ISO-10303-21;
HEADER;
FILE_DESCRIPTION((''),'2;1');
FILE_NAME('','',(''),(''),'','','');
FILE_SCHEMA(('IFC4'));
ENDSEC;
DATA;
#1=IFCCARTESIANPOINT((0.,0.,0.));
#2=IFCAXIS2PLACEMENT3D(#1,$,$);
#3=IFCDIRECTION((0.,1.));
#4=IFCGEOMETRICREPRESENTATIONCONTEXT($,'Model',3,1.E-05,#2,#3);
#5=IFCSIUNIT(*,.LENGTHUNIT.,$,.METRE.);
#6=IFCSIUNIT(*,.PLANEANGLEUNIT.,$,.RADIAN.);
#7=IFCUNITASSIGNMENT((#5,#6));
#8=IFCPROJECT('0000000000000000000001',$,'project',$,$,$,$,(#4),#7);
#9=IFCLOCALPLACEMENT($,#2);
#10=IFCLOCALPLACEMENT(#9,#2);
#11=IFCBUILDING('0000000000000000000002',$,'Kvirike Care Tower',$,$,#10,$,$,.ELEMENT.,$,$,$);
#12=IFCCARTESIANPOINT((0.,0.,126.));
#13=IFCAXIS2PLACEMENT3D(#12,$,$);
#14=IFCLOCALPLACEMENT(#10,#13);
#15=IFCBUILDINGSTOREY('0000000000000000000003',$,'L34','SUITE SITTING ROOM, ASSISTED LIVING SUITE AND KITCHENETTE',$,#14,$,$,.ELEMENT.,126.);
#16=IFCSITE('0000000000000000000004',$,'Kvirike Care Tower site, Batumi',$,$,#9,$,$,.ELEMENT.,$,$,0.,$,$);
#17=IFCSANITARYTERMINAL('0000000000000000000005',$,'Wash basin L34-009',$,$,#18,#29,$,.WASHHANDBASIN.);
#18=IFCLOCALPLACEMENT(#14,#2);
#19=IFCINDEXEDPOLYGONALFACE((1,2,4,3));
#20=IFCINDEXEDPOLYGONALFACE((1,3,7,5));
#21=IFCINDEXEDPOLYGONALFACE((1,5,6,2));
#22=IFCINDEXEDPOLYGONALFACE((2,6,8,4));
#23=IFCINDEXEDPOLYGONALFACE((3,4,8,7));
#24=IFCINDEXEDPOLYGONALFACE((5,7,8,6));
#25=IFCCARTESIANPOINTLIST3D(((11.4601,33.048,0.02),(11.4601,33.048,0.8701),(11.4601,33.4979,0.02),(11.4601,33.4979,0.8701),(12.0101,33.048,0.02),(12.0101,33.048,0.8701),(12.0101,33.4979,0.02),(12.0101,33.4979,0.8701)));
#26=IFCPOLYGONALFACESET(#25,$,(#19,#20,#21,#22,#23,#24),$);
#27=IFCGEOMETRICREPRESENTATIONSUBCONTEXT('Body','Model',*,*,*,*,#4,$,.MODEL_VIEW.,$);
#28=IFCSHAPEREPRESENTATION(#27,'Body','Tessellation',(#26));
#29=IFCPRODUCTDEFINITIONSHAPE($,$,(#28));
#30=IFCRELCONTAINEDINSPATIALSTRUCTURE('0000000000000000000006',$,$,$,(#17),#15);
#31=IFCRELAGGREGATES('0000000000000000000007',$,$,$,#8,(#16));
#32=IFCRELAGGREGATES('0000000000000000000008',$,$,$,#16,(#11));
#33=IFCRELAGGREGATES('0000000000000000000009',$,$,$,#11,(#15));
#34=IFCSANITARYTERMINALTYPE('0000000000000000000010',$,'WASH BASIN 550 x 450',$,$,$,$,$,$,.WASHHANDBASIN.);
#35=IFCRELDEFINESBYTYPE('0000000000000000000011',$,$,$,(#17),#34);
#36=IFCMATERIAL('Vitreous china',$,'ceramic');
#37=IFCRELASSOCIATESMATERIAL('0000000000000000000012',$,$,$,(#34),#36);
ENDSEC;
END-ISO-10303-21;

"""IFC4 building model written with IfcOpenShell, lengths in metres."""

from ifc_helpers import new_model, si_unit, direction, frame, origin, origin_2d, place, context, subcontext, project, spatial, rectangle, extrude, material, type_object, element, save


model = new_model("IFC4")

# Units and contexts
model_context = context("Model", 3, precision=1e-05, world=origin(), true_north=direction((0.0, 1.0)))
body_context = subcontext(model_context, "Body", "Model", "MODEL_VIEW")
ifc_project = project(units=[si_unit("LENGTHUNIT", "METRE"), si_unit("PLANEANGLEUNIT", "RADIAN")], contexts=[model_context])

# Site, building, storey
site_placement = place(None, origin())
site = spatial("IfcSite", under=ifc_project, at=site_placement, Name="Kvirike Care Tower site, Batumi", CompositionType="ELEMENT", RefElevation=0.0)
building_placement = place(site_placement, origin())
building = spatial("IfcBuilding", under=site, at=building_placement, Name="Kvirike Care Tower", CompositionType="ELEMENT")
storey_placement = place(building_placement, frame((0.0, 0.0, 126.0)))
storey = spatial("IfcBuildingStorey", under=building, at=storey_placement, Name="L34", Description="SUITE SITTING ROOM, ASSISTED LIVING SUITE AND KITCHENETTE", CompositionType="ELEMENT", Elevation=126.0)

# Sanitary terminal
ifc_material_1 = material(Name="Vitreous china", Category="ceramic")
sanitary_terminal_type_1 = type_object("IfcSanitaryTerminalType", Name="WASH BASIN 550 x 450", PredefinedType="WASHHANDBASIN", material=ifc_material_1)
sanitary_terminal_1_placement = place(storey_placement, frame((11.7351, 33.2729, 0.02), z_axis=(0.0, 0.0, 1.0), x_axis=(1.0, 0.0, 0.0)))
element("IfcSanitaryTerminal", 1, at=sanitary_terminal_1_placement, inside=storey, type_object=sanitary_terminal_type_1, Name="Wash basin L34-009", PredefinedType="WASHHANDBASIN", context=body_context, shape_type="SweptSolid", body=[
    extrude(rectangle(XDim=0.55, YDim=0.45, at=origin_2d()), origin(), (0.0, 0.0, 1.0), 0.8501),
])

save(model, "model.ifc")
